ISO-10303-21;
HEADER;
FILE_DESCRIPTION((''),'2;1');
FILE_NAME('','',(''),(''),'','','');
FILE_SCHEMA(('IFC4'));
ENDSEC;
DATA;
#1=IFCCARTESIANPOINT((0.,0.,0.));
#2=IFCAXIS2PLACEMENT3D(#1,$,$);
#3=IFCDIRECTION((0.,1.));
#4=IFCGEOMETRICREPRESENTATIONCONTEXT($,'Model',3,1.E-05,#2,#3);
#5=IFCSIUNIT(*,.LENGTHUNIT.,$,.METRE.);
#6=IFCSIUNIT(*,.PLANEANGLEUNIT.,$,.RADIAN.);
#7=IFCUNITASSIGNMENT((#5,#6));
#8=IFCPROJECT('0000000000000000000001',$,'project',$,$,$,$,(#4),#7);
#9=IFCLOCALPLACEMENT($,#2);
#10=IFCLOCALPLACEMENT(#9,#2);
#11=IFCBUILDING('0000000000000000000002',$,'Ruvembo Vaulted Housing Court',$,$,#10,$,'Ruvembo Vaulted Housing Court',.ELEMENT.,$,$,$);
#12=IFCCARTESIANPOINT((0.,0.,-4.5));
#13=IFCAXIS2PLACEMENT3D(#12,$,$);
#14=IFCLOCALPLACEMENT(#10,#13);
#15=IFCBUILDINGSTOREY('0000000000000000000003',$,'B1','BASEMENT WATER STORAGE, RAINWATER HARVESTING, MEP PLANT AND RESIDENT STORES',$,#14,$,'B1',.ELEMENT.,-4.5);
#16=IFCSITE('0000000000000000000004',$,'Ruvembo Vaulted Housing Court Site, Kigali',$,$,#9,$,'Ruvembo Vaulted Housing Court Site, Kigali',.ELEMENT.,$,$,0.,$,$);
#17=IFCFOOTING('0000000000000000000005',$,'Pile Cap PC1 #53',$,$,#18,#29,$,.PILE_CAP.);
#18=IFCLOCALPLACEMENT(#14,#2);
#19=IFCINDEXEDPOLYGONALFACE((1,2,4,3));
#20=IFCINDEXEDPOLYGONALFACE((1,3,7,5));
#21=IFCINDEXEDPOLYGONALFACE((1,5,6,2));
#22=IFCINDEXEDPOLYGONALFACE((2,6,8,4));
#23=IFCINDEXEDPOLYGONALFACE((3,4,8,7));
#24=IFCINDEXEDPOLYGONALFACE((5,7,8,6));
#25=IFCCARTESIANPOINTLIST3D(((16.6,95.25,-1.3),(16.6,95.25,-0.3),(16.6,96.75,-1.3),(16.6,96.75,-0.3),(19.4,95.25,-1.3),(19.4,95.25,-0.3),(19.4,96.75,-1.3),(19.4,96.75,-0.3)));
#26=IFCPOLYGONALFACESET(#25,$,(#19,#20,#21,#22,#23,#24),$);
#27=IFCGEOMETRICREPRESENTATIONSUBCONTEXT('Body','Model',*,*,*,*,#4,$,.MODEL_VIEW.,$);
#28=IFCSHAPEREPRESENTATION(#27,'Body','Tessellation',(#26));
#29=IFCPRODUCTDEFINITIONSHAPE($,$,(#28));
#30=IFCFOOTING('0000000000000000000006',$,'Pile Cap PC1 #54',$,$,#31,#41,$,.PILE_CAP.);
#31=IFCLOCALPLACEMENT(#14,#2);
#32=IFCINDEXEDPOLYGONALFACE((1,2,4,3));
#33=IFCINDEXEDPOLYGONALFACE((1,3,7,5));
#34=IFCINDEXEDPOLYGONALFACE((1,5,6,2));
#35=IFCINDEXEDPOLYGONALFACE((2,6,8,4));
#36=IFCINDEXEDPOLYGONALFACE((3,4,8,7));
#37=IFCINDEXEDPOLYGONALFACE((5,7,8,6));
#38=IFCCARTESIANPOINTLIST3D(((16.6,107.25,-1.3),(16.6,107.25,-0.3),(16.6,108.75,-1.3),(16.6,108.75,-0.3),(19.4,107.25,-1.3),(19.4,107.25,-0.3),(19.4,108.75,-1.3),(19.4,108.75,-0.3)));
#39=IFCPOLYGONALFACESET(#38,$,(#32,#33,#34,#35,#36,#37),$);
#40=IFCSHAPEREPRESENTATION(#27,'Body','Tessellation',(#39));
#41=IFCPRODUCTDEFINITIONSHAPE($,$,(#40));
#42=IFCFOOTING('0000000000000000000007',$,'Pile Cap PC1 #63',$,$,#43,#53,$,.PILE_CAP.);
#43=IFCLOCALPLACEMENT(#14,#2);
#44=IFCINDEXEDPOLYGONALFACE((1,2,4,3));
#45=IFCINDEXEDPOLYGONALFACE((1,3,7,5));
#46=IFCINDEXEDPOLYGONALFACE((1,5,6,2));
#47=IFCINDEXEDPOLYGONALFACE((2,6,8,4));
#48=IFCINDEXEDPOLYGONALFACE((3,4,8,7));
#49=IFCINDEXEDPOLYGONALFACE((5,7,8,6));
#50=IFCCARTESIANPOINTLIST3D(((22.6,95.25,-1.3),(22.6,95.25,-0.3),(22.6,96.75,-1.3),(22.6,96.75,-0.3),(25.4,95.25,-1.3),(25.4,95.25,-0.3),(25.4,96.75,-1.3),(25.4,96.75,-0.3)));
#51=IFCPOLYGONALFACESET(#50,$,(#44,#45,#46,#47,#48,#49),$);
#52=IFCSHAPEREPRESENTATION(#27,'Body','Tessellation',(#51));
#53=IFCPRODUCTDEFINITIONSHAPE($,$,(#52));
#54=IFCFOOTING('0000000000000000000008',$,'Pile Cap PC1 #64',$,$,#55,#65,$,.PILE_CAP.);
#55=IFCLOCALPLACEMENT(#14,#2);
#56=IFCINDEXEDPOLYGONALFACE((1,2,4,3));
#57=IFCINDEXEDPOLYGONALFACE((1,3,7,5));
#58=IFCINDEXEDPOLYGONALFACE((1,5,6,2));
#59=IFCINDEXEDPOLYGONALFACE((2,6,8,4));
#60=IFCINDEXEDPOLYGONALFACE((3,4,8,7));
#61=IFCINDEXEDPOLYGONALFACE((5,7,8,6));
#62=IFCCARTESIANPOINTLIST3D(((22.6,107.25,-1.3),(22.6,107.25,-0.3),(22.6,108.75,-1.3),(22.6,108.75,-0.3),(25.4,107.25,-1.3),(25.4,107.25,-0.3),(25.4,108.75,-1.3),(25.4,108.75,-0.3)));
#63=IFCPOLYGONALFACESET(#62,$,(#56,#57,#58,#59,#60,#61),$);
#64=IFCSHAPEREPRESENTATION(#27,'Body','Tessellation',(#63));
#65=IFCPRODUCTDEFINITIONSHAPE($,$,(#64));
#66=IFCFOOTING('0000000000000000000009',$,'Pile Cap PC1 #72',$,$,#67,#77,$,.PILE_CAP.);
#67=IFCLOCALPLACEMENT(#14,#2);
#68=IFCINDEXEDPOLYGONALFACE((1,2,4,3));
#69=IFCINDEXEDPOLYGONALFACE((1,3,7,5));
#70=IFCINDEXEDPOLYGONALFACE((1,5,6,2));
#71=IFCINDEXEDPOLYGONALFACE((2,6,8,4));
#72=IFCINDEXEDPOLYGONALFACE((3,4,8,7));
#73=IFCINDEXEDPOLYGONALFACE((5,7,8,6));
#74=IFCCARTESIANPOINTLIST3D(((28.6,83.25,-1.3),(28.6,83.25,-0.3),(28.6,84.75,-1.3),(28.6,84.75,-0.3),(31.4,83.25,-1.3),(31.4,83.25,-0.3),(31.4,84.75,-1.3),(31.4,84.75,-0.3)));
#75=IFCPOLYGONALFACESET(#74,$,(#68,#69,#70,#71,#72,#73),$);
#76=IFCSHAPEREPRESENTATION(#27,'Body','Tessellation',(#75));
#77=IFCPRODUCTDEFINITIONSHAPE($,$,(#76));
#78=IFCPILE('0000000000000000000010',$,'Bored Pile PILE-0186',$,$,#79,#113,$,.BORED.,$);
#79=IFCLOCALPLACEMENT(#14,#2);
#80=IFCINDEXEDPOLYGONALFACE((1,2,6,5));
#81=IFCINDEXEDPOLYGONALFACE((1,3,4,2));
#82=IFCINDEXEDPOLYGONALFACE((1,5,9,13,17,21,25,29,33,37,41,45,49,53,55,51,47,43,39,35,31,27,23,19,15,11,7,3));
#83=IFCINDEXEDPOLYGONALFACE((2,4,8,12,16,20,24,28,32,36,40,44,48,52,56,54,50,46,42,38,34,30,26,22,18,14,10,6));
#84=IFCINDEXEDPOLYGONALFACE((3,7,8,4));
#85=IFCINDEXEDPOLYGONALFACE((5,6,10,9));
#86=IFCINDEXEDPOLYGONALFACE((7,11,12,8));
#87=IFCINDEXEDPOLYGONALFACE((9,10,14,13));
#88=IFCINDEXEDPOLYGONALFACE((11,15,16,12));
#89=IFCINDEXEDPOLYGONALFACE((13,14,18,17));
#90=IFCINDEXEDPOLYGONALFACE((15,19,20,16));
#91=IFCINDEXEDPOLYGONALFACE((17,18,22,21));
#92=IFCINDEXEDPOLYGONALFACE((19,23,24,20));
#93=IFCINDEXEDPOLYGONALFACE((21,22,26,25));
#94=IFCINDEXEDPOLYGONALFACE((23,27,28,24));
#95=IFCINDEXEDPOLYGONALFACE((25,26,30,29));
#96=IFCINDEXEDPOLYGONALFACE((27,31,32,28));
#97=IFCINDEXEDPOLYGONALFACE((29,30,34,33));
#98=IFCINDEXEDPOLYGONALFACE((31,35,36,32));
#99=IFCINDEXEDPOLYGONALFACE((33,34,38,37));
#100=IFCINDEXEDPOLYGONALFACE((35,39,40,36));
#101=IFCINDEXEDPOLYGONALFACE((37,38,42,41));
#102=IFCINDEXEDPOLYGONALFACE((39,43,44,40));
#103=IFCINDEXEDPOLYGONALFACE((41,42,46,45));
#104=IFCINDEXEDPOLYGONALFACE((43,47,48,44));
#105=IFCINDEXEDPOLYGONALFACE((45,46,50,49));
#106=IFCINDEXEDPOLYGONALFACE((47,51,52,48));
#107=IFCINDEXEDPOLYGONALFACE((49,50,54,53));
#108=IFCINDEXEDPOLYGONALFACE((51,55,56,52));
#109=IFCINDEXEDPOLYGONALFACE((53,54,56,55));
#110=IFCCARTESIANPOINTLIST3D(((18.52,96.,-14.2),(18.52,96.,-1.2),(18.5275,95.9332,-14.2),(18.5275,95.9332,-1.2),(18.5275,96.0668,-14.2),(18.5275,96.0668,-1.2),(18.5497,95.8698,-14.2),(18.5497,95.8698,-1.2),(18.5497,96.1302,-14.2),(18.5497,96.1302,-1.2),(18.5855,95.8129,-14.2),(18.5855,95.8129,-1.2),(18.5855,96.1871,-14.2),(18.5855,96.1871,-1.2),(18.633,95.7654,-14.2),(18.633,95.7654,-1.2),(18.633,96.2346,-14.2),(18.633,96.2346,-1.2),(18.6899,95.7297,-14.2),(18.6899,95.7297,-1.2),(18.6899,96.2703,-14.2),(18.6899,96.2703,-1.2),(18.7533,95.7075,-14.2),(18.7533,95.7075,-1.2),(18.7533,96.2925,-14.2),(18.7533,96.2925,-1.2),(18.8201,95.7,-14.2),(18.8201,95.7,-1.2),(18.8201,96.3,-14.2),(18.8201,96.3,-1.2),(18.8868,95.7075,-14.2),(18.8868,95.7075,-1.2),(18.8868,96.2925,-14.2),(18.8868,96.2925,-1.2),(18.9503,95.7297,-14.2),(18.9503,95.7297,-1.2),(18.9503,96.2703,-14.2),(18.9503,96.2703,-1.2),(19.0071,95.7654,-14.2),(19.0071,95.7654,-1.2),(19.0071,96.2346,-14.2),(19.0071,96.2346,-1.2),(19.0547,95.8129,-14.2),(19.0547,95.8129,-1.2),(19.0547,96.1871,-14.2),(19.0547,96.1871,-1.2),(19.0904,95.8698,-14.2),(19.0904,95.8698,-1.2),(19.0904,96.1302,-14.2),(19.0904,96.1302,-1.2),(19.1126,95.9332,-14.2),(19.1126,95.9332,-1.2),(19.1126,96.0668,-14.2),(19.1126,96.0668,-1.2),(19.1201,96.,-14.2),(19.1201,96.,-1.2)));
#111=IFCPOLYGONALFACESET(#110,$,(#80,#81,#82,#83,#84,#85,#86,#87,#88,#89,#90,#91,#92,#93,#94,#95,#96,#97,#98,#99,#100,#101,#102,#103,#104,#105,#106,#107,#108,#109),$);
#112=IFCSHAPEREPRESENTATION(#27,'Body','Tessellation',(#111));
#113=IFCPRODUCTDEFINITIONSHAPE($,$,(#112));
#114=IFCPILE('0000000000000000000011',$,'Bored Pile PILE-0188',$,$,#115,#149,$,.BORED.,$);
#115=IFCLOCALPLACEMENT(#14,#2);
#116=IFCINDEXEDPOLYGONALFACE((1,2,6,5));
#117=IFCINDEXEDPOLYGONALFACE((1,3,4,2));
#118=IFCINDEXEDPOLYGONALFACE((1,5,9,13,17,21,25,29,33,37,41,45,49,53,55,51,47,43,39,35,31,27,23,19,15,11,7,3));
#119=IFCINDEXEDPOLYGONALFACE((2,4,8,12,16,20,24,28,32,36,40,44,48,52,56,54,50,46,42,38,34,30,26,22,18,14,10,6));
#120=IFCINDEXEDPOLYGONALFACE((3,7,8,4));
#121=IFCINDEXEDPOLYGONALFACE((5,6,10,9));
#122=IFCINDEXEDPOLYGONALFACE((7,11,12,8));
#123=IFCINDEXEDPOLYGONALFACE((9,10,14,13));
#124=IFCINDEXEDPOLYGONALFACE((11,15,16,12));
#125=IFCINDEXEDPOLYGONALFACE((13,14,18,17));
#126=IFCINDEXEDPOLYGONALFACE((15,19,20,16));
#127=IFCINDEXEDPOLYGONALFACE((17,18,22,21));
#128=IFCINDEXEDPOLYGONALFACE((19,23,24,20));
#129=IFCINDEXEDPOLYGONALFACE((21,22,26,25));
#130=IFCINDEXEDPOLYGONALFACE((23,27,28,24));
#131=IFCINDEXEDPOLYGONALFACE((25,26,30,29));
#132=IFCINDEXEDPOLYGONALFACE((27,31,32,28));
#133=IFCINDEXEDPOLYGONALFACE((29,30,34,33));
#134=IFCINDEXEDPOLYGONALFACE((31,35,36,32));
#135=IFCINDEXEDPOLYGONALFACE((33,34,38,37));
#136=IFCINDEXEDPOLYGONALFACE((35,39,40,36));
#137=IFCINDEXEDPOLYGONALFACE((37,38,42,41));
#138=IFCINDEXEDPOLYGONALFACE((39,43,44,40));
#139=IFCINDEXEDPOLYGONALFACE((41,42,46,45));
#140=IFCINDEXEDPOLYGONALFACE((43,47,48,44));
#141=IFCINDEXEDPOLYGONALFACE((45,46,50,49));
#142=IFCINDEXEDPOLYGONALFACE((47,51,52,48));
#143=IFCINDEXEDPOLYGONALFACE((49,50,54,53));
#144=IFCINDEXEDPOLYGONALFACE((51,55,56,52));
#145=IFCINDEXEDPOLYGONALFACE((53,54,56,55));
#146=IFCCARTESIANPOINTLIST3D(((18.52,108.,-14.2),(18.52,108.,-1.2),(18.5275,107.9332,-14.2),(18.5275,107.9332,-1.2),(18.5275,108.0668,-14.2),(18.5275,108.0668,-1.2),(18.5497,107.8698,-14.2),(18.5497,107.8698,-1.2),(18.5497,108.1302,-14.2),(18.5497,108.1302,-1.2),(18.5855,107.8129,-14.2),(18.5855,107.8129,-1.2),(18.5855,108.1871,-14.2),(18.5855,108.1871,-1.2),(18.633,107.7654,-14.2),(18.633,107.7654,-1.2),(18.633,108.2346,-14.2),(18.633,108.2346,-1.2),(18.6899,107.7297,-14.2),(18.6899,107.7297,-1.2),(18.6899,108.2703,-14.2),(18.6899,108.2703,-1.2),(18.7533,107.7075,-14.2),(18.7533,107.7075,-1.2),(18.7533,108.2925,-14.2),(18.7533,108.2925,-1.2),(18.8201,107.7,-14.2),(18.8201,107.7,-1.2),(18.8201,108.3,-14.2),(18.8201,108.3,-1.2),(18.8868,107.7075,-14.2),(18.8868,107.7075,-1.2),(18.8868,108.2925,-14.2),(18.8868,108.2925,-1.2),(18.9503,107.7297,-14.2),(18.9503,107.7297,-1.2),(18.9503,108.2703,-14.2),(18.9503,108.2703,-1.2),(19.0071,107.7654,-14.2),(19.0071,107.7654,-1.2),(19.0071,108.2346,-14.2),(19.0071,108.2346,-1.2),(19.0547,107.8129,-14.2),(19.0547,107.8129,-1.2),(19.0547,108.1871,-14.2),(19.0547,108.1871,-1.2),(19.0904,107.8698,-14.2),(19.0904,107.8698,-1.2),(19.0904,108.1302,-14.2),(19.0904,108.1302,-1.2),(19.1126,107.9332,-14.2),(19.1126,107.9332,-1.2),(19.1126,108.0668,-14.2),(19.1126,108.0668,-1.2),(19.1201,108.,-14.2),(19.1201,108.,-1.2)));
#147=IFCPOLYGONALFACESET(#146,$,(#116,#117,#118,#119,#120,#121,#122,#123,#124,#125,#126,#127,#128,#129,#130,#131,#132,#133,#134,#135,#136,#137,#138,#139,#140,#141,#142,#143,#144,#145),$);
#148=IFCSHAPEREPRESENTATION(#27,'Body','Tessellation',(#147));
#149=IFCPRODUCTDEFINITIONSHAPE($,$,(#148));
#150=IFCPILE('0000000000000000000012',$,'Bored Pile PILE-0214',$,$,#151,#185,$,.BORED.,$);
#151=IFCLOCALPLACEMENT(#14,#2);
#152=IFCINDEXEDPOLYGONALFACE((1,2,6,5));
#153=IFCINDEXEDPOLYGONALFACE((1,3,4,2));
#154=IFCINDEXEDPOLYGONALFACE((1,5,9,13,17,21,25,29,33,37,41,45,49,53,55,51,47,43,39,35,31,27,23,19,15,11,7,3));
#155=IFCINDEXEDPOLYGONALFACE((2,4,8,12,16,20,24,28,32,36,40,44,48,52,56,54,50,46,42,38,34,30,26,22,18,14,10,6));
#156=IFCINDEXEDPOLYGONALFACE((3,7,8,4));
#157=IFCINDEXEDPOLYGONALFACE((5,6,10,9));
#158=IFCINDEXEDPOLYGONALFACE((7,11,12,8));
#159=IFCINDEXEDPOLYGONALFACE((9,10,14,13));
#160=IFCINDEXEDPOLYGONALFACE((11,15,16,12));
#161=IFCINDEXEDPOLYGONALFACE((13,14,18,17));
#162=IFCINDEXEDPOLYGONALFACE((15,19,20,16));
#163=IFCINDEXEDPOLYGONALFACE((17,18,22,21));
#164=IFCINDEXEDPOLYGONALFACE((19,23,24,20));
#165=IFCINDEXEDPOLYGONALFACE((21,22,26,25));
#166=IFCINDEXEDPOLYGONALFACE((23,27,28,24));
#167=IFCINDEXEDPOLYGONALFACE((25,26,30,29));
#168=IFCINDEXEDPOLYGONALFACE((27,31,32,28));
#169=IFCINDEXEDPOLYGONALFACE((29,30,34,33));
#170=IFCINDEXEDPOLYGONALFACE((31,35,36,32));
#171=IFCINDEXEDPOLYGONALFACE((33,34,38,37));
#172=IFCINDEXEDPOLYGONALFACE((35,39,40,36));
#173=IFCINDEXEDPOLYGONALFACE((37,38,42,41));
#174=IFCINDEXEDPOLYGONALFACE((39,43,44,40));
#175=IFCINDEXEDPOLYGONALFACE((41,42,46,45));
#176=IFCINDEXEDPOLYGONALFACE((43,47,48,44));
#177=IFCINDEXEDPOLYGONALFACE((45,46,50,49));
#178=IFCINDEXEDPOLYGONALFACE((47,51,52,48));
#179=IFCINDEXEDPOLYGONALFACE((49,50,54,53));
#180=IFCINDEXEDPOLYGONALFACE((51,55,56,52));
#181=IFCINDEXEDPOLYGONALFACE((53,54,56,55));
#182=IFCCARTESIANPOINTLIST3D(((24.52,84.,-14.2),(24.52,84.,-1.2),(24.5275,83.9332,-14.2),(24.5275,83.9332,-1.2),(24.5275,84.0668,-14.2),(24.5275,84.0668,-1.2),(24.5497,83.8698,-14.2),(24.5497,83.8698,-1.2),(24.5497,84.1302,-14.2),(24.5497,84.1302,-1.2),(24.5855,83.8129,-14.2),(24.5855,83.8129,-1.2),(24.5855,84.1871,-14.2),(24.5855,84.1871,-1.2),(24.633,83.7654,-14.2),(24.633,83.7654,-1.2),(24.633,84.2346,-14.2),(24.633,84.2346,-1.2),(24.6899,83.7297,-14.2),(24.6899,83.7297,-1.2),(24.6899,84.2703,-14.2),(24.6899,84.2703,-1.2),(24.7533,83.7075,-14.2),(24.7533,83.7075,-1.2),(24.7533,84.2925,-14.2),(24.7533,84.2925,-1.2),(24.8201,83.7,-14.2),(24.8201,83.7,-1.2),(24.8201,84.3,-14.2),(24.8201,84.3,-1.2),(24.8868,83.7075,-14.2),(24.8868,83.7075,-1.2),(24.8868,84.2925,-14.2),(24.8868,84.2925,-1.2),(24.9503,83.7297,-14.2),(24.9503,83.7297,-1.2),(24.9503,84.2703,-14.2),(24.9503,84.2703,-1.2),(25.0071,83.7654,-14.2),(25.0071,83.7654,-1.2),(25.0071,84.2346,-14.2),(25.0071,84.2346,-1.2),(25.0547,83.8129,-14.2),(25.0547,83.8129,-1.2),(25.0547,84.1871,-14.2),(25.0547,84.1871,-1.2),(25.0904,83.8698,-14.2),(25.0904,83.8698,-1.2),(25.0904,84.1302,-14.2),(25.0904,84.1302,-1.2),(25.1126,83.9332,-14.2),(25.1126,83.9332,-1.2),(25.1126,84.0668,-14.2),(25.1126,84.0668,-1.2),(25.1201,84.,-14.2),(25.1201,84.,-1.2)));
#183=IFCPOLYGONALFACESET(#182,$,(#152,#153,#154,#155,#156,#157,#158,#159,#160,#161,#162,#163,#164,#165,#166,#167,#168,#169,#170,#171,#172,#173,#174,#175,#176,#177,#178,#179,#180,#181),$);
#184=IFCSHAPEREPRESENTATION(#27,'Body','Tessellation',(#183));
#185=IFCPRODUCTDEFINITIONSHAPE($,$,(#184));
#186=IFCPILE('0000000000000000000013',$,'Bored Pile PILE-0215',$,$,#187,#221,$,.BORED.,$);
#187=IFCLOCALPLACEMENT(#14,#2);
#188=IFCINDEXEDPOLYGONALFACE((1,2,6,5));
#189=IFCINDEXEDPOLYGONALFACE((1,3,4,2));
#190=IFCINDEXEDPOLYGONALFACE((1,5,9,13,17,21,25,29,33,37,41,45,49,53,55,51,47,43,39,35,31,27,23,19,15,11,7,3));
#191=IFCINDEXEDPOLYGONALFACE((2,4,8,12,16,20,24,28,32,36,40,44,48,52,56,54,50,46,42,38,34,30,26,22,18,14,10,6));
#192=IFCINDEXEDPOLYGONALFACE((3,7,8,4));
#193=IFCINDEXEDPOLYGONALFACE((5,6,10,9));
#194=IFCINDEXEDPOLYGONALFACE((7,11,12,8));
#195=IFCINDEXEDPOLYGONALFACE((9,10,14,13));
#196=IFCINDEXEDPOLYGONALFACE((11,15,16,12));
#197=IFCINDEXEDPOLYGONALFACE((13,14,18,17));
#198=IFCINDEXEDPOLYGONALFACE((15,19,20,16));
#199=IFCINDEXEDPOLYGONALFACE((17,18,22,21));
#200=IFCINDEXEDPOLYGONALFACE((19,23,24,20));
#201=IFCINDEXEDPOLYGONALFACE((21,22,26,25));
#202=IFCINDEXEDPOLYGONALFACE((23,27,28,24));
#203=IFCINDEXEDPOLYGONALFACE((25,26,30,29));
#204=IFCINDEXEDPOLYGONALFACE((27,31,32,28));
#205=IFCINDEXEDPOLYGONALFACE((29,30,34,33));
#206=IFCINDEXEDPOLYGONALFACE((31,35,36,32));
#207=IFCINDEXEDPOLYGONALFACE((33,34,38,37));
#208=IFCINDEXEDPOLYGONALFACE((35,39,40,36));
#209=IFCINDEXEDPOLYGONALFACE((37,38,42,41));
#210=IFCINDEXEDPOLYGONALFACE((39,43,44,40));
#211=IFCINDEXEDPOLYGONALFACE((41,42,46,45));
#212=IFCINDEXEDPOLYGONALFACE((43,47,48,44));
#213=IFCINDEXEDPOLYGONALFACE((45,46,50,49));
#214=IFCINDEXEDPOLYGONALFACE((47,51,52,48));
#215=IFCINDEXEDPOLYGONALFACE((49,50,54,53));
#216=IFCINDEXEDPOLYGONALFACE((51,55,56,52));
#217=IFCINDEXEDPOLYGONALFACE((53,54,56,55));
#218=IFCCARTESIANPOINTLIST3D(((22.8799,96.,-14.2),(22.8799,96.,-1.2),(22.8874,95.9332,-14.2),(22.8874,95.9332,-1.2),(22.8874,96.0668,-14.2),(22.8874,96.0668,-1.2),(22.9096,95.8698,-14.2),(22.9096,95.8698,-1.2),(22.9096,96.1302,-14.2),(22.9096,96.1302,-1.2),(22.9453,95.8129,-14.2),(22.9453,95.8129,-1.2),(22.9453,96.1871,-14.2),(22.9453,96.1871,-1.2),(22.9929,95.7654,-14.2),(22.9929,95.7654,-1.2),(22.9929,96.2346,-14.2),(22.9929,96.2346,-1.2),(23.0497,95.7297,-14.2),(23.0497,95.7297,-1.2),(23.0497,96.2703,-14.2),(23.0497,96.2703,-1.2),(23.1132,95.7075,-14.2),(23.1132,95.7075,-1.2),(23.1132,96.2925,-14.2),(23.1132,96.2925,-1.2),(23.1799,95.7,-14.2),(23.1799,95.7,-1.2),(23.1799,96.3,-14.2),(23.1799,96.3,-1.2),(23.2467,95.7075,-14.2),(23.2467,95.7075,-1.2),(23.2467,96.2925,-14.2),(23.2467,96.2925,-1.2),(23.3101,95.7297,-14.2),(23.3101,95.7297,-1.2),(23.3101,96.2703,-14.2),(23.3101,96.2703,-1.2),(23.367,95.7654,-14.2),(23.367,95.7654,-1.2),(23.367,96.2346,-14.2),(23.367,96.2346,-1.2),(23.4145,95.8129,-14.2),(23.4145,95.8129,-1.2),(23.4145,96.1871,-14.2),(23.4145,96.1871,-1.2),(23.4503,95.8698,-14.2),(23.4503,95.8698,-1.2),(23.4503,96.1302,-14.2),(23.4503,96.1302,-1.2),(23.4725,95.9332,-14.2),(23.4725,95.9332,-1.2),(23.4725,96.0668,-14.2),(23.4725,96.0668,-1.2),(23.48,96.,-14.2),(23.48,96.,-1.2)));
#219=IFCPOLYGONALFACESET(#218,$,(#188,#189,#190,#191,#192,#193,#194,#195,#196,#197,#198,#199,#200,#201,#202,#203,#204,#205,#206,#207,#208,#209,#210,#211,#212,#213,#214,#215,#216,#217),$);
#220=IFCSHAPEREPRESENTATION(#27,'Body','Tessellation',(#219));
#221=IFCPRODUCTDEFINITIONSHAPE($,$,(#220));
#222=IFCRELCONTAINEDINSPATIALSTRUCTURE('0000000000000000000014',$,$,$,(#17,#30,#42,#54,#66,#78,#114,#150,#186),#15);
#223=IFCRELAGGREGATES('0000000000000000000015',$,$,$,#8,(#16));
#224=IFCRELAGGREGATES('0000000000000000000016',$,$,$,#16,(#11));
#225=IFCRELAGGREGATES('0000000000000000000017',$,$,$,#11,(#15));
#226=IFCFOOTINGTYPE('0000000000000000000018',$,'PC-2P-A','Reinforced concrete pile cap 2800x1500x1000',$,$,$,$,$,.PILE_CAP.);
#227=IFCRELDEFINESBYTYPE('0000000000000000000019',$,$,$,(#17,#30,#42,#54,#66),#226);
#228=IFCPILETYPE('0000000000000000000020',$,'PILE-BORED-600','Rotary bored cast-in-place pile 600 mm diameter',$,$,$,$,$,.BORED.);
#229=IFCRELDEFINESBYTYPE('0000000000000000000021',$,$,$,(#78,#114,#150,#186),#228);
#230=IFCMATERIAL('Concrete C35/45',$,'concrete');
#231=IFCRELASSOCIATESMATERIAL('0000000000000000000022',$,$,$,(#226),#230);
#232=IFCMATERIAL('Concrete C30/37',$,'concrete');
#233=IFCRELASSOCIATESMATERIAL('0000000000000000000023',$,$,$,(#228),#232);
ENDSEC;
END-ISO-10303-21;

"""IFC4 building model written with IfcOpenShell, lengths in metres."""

from ifc_helpers import new_model, si_unit, direction, frame, origin, origin_2d, place, context, subcontext, project, spatial, rectangle, circle, extrude, material, material_profile, profile_set, type_object, element, save


model = new_model("IFC4")

# Units and contexts
model_context = context("Model", 3, precision=1e-05, world=origin(), true_north=direction((0.0, 1.0)))
body_context = subcontext(model_context, "Body", "Model", "MODEL_VIEW")
ifc_project = project(units=[si_unit("LENGTHUNIT", "METRE"), si_unit("PLANEANGLEUNIT", "RADIAN")], contexts=[model_context])

# Site, building, storey
site_placement = place(None, origin())
site = spatial("IfcSite", under=ifc_project, at=site_placement, Name="Ruvembo Vaulted Housing Court Site, Kigali", LongName="Ruvembo Vaulted Housing Court Site, Kigali", CompositionType="ELEMENT", RefElevation=0.0)
building_placement = place(site_placement, origin())
building = spatial("IfcBuilding", under=site, at=building_placement, Name="Ruvembo Vaulted Housing Court", LongName="Ruvembo Vaulted Housing Court", CompositionType="ELEMENT")
storey_placement = place(building_placement, frame((0.0, 0.0, -4.5)))
storey = spatial("IfcBuildingStorey", under=building, at=storey_placement, Name="B1", Description="BASEMENT WATER STORAGE, RAINWATER HARVESTING, MEP PLANT AND RESIDENT STORES", LongName="B1", CompositionType="ELEMENT", Elevation=-4.5)

# Footings
ifc_material_1 = material(Name="Concrete C35/45", Category="concrete")
footing_type = type_object("IfcFootingType", Name="PC-2P-A", Description="Reinforced concrete pile cap 2800x1500x1000", PredefinedType="PILE_CAP", material=ifc_material_1)
for number, where, z_axis, x_axis, name in (
    (1, (18.0, 96.0, -1.3), (0.0, 0.0, 1.0), (1.0, 0.0, 0.0), "Pile Cap PC1 #53"),
    (2, (18.0, 108.0, -1.3), (0.0, 0.0, 1.0), (1.0, 0.0, 0.0), "Pile Cap PC1 #54"),
    (3, (24.0, 96.0, -1.3), (0.0, 0.0, 1.0), (1.0, 0.0, 0.0), "Pile Cap PC1 #63"),
    (4, (24.0, 108.0, -1.3), (0.0, 0.0, 1.0), (1.0, 0.0, 0.0), "Pile Cap PC1 #64"),
    (5, (30.0, 84.0, -1.3), (0.0, 0.0, 1.0), (1.0, 0.0, 0.0), "Pile Cap PC1 #72"),
):
    element("IfcFooting", number, at=place(storey_placement, frame(where, z_axis=z_axis, x_axis=x_axis)), inside=storey, type_object=footing_type, Name=name, PredefinedType="PILE_CAP", context=body_context, shape_type="SweptSolid", body=[
        extrude(rectangle(XDim=2.8, YDim=1.5, at=origin_2d()), origin(), (0.0, 0.0, 1.0), 1.0),
    ])

# Piles
ifc_material_2 = material(Name="Concrete C30/37", Category="concrete")
ifc_material_profile_1 = material_profile(ifc_material_2, circle(Radius=0.3, at=origin_2d()), Name="PILE D600")
ifc_profile_set_1 = profile_set([ifc_material_profile_1], Name="Concrete C30/37")
pile_type = type_object("IfcPileType", Name="PILE-BORED-600", Description="Rotary bored cast-in-place pile 600 mm diameter", PredefinedType="BORED", material=ifc_profile_set_1)
for number, where, z_axis, x_axis, name in (
    (6, (18.8201, 96.0, -1.2), (0.0, 0.0, -1.0), (1.0, 0.0, 0.0), "Bored Pile PILE-0186"),
    (7, (18.8201, 108.0, -1.2), (0.0, 0.0, -1.0), (1.0, 0.0, 0.0), "Bored Pile PILE-0188"),
    (8, (24.8201, 84.0, -1.2), (0.0, 0.0, -1.0), (1.0, 0.0, 0.0), "Bored Pile PILE-0214"),
    (9, (23.1799, 96.0, -1.2), (0.0, 0.0, -1.0), (1.0, 0.0, 0.0), "Bored Pile PILE-0215"),
):
    element("IfcPile", number, at=place(storey_placement, frame(where, z_axis=z_axis, x_axis=x_axis)), inside=storey, type_object=pile_type, Name=name, PredefinedType="BORED", context=body_context, shape_type="SweptSolid", body=[
        extrude(circle(Radius=0.3, at=origin_2d()), origin(), (0.0, 0.0, 1.0), 13.0),
    ])

save(model, "model.ifc")
